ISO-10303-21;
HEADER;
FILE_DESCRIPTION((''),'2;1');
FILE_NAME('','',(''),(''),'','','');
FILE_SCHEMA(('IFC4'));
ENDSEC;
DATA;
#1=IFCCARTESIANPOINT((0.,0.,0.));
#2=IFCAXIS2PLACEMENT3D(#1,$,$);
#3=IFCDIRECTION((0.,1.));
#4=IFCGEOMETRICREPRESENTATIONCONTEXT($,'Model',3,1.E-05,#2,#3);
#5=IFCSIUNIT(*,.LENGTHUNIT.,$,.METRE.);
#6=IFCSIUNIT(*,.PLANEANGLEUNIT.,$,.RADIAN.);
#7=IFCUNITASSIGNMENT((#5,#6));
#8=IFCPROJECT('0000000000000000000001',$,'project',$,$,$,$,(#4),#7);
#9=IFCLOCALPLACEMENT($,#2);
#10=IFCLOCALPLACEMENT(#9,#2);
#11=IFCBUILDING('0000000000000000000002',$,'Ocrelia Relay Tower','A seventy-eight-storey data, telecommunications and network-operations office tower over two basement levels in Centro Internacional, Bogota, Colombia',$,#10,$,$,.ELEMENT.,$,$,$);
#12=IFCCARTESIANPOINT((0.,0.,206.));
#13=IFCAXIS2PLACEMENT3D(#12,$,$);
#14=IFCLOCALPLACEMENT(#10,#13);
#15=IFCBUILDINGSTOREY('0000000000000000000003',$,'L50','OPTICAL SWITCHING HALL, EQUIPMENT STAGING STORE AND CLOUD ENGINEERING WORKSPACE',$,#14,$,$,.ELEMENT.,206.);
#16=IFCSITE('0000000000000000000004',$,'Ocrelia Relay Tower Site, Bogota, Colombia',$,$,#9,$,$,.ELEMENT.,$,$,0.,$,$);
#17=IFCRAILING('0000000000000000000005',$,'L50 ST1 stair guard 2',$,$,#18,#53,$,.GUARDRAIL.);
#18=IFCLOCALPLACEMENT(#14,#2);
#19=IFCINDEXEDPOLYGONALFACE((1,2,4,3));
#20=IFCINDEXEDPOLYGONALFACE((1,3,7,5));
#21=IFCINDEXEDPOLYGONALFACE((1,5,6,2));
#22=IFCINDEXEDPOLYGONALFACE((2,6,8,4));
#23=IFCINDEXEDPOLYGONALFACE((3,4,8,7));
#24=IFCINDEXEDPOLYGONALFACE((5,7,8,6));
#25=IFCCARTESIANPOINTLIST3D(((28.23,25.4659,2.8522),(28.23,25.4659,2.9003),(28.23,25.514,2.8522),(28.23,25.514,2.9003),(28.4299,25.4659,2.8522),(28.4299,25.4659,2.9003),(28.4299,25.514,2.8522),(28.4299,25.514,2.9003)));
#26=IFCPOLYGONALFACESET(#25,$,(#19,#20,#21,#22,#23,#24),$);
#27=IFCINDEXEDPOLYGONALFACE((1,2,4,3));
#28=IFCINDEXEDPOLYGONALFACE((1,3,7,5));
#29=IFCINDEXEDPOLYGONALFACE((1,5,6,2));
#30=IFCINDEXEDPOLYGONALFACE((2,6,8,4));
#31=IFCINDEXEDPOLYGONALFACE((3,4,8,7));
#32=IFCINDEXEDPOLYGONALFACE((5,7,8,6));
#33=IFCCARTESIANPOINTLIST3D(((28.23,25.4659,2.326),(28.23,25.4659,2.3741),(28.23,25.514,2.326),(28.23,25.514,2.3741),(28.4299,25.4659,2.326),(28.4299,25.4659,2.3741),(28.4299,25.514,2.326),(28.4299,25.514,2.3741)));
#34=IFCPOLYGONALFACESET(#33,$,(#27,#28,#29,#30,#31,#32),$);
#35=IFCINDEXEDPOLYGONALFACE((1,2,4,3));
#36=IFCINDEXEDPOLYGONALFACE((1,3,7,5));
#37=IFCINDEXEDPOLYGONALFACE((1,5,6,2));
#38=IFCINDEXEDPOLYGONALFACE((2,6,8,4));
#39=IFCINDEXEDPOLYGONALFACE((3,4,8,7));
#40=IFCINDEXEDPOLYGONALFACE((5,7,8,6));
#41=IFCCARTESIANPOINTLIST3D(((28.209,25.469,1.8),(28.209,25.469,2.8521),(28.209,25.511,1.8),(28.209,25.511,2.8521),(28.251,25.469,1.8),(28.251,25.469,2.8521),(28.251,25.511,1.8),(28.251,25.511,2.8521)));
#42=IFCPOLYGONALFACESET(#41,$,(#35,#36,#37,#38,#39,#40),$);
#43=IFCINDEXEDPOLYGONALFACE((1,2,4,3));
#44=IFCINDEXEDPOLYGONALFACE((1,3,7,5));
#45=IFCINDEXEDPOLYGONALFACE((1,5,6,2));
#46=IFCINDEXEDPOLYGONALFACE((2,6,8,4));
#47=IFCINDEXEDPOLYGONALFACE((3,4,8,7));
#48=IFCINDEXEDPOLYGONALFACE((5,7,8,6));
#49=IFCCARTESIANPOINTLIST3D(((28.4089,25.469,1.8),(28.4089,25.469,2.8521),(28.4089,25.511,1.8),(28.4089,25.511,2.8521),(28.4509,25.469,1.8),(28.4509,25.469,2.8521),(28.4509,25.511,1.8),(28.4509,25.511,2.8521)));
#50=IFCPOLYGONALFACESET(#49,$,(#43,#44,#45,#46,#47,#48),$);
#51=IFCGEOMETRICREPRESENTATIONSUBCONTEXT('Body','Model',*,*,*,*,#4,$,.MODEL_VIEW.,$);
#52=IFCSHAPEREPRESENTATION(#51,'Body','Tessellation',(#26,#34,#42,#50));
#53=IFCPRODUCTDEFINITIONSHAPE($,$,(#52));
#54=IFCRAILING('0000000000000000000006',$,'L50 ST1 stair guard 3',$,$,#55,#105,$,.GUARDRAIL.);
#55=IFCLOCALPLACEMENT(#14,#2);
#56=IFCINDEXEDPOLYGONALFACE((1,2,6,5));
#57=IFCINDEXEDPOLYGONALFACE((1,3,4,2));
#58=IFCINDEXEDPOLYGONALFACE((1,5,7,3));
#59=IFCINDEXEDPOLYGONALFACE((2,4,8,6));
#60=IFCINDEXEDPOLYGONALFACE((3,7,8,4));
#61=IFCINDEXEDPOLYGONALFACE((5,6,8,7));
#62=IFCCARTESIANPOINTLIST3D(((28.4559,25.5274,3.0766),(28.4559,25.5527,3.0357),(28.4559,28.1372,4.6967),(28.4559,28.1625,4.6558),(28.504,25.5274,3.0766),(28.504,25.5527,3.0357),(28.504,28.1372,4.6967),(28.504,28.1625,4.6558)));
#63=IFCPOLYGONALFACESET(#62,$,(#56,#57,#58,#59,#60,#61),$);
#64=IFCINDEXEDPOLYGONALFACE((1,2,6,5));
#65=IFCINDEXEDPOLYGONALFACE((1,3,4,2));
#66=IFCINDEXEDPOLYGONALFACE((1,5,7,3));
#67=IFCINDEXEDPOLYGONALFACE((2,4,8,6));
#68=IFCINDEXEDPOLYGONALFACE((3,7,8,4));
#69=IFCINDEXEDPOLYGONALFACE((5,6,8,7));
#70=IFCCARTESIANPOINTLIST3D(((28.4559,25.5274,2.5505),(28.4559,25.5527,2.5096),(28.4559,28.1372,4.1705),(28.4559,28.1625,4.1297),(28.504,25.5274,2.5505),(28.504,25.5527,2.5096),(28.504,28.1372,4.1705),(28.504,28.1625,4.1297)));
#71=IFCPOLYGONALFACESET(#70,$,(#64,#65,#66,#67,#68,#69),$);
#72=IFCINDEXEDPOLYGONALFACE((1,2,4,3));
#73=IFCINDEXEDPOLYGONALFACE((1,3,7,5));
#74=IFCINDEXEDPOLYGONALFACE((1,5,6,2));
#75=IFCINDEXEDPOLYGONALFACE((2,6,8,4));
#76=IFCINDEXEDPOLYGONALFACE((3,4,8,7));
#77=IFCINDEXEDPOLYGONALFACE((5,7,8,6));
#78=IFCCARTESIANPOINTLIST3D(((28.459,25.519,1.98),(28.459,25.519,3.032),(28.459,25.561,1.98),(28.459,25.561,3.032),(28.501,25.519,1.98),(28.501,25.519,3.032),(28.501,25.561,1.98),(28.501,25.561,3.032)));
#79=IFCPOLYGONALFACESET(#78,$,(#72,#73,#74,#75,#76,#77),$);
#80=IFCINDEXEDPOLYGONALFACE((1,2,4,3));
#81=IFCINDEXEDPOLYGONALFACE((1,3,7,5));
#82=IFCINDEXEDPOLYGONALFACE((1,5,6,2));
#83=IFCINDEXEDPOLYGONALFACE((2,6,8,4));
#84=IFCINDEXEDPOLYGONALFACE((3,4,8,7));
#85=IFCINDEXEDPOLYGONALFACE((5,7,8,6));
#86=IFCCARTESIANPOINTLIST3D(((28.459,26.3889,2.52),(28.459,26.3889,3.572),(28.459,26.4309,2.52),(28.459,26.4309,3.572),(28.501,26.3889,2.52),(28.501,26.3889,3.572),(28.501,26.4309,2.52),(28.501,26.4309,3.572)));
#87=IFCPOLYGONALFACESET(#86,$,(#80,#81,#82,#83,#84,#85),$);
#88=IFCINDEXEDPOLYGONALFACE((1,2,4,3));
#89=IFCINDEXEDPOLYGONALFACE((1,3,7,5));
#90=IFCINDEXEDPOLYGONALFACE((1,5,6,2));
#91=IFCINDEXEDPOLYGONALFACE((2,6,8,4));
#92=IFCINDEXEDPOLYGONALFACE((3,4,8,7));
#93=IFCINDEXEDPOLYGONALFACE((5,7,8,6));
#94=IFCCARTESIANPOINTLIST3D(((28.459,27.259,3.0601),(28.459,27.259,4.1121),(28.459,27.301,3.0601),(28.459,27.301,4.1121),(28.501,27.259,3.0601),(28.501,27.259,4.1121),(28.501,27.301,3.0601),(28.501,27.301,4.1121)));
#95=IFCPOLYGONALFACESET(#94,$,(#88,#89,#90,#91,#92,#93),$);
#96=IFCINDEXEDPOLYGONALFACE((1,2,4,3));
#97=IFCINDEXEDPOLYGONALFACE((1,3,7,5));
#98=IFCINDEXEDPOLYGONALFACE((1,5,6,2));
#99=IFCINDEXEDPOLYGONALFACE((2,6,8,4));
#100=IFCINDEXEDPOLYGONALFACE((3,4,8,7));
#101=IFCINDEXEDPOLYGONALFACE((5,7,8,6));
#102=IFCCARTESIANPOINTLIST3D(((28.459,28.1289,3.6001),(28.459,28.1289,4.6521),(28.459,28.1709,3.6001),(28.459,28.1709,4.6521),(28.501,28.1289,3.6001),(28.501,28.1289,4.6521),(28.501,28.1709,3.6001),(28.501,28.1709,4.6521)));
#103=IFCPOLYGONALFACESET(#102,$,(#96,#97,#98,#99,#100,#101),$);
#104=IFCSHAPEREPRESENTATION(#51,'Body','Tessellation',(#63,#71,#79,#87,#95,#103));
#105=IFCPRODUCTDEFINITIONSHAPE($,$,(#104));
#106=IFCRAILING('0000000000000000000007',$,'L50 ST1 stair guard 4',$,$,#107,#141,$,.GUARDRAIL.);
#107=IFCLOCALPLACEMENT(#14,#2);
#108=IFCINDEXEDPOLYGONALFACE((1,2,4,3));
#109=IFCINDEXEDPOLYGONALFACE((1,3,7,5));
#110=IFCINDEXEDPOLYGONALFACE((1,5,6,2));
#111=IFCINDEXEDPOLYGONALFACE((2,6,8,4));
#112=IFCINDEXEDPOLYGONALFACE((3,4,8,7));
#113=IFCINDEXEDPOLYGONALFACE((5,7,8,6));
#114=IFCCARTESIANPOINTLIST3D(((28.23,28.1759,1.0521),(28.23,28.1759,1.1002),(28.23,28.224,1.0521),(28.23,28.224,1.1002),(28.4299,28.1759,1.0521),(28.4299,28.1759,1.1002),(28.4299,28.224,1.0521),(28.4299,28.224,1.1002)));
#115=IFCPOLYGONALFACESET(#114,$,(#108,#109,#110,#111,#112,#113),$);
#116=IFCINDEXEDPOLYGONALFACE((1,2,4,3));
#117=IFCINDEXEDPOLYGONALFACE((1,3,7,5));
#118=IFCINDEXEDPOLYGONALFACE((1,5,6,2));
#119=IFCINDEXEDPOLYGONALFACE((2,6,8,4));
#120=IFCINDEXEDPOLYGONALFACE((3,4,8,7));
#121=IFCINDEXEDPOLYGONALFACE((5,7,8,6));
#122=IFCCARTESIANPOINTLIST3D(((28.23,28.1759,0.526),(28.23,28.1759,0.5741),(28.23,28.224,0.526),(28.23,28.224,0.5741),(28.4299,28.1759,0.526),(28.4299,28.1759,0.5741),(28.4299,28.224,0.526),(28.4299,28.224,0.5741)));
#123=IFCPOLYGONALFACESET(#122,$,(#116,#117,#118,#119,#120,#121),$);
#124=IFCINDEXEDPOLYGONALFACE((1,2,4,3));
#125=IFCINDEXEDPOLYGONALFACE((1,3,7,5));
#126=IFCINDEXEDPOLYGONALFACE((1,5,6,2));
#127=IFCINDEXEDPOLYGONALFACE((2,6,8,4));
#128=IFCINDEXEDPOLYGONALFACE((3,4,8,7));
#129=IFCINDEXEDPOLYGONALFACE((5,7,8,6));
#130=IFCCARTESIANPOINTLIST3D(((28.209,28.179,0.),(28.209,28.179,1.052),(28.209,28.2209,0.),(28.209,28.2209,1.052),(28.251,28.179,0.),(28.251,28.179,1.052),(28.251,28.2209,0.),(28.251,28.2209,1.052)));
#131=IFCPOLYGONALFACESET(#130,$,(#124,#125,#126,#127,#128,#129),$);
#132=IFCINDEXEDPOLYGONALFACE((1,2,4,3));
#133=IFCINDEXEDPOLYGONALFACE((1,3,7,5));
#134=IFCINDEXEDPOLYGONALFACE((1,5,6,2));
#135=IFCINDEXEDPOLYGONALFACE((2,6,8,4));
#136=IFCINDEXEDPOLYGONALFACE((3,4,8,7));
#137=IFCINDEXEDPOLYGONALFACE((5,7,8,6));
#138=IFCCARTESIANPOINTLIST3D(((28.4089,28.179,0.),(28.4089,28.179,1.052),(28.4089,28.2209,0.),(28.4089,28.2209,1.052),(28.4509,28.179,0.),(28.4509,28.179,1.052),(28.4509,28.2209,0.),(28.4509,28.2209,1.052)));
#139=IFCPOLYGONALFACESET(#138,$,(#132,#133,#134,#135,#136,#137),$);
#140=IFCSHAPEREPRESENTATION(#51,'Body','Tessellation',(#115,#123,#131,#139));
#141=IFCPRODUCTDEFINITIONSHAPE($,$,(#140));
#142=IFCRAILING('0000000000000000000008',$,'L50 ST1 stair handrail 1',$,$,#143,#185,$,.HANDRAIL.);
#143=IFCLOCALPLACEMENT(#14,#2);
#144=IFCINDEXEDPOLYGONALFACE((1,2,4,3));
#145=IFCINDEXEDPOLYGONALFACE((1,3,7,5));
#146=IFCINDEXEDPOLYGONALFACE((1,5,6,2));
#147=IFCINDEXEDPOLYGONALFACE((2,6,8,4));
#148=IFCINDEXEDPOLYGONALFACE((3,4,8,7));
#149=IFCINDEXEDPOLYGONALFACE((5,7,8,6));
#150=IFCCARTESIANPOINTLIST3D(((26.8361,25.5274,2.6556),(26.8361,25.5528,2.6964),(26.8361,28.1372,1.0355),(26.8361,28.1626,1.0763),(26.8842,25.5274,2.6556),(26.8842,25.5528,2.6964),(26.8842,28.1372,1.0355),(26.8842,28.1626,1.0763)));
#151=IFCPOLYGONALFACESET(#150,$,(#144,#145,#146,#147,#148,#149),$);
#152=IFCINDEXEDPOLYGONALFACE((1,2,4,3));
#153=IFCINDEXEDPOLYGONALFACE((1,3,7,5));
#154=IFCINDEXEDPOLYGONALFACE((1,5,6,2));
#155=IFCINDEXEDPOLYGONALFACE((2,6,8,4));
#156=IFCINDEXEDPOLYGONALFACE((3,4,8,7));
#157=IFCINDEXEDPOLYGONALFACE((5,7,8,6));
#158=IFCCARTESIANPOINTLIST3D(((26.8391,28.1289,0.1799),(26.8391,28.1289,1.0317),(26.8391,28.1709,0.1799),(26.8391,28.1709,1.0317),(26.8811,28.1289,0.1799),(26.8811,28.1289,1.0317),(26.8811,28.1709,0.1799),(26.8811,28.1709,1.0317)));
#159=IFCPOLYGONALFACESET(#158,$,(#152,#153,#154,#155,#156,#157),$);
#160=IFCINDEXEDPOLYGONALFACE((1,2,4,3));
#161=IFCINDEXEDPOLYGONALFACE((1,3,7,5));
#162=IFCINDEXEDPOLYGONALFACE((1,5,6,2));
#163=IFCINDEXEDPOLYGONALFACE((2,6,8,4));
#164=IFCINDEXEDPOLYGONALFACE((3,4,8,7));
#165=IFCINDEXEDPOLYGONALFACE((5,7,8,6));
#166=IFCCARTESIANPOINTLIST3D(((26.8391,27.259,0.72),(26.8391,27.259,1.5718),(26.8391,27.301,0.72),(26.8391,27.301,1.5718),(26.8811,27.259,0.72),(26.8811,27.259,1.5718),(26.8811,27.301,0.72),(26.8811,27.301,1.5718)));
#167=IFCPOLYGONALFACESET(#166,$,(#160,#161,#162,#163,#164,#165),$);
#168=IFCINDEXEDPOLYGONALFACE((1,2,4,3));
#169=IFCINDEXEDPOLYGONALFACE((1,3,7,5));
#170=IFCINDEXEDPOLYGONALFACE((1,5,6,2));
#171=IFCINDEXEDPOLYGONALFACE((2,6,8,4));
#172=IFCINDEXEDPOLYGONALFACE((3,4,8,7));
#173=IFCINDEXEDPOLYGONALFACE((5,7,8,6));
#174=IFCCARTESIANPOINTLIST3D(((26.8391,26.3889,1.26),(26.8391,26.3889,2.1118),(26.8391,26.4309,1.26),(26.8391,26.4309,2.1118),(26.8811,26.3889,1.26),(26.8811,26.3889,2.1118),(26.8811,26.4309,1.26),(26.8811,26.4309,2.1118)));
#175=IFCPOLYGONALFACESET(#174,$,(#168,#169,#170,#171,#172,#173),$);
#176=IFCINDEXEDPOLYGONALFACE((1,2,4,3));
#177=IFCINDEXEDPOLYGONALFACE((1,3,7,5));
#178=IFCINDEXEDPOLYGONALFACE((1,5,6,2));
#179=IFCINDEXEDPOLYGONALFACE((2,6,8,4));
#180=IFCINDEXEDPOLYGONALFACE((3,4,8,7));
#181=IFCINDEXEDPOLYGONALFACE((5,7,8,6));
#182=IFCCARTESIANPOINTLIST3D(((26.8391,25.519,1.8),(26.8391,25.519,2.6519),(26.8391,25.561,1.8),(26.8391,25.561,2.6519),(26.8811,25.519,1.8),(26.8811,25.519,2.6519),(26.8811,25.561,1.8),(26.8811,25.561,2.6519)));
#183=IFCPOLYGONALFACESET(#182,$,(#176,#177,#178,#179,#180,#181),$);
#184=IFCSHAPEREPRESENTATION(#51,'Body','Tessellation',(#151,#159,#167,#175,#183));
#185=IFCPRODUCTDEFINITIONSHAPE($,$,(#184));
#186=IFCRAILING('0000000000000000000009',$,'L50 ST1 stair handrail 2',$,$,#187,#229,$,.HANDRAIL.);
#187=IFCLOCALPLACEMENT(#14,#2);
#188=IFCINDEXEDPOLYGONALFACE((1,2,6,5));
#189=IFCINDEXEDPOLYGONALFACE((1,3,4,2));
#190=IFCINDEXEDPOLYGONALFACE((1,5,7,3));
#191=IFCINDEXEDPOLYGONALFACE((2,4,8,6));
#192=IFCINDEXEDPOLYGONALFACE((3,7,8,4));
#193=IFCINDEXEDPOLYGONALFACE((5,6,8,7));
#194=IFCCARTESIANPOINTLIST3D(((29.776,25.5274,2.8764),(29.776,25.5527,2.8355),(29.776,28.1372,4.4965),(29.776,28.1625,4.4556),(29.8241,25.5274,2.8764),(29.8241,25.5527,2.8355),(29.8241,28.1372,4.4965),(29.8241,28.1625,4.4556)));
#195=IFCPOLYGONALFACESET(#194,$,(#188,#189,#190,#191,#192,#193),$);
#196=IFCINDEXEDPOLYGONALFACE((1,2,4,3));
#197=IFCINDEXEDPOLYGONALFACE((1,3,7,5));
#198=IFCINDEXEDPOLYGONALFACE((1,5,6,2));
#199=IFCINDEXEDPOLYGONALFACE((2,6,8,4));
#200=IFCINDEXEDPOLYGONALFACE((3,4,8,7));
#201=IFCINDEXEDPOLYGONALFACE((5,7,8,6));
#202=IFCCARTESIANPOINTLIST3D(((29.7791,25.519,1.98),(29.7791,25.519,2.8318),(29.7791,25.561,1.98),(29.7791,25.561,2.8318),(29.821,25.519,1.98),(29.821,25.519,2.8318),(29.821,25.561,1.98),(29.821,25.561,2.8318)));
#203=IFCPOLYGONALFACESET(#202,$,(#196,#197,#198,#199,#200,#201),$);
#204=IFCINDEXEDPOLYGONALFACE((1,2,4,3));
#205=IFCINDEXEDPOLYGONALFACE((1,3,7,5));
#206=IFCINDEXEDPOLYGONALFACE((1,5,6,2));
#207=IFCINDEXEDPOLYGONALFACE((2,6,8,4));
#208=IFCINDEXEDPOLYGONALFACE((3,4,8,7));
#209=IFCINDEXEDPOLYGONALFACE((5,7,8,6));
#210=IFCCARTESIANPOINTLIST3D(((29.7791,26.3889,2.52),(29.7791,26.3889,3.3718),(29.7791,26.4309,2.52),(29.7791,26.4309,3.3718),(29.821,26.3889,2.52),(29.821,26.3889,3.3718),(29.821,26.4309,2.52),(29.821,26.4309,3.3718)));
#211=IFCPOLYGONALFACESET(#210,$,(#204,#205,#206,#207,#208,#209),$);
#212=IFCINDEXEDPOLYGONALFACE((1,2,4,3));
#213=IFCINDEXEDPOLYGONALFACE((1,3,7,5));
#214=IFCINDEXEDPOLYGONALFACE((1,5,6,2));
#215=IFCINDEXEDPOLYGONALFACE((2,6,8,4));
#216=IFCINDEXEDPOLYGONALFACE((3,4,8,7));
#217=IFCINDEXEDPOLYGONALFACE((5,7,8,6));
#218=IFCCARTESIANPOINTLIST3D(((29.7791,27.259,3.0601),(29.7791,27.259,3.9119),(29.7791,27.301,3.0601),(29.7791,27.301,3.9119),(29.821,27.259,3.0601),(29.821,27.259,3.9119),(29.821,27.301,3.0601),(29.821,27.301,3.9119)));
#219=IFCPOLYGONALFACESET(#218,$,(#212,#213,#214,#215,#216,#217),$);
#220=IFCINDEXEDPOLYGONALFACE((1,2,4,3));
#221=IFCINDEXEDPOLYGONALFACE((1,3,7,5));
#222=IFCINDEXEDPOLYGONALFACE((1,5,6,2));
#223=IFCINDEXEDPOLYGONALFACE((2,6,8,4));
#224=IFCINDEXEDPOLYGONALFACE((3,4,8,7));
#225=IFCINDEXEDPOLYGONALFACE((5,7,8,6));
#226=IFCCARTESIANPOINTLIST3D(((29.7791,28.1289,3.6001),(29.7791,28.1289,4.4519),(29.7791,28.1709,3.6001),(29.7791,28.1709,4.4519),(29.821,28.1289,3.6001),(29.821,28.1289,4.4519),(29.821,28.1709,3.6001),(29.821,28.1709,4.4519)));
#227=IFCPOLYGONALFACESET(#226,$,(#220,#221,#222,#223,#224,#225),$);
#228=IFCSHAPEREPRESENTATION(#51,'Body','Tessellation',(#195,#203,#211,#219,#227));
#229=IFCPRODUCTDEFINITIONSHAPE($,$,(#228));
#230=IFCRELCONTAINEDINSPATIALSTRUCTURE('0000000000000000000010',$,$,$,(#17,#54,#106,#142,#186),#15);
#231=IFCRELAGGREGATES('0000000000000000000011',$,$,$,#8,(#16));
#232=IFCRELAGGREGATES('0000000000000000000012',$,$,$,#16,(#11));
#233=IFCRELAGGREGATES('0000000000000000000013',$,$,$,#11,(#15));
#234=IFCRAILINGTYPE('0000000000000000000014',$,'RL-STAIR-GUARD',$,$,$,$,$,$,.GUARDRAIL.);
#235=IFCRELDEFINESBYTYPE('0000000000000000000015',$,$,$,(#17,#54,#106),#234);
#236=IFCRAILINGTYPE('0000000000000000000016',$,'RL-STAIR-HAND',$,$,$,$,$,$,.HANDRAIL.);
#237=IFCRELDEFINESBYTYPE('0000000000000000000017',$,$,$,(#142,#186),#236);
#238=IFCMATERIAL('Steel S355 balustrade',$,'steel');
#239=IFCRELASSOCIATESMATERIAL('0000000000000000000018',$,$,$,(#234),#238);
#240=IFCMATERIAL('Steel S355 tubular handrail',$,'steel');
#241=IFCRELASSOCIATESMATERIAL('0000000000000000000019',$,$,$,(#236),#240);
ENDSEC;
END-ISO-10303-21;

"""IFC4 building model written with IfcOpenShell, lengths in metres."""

from ifc_helpers import new_model, si_unit, direction, frame, origin, origin_2d, place, context, subcontext, project, spatial, rectangle, extrude, material, type_object, element, save


model = new_model("IFC4")

# Units and contexts
model_context = context("Model", 3, precision=1e-05, world=origin(), true_north=direction((0.0, 1.0)))
body_context = subcontext(model_context, "Body", "Model", "MODEL_VIEW")
ifc_project = project(units=[si_unit("LENGTHUNIT", "METRE"), si_unit("PLANEANGLEUNIT", "RADIAN")], contexts=[model_context])

# Site, building, storey
site_placement = place(None, origin())
site = spatial("IfcSite", under=ifc_project, at=site_placement, Name="Ocrelia Relay Tower Site, Bogota, Colombia", CompositionType="ELEMENT", RefElevation=0.0)
building_placement = place(site_placement, origin())
building = spatial("IfcBuilding", under=site, at=building_placement, Name="Ocrelia Relay Tower", Description="A seventy-eight-storey data, telecommunications and network-operations office tower over two basement levels in Centro Internacional, Bogota, Colombia", CompositionType="ELEMENT")
storey_placement = place(building_placement, frame((0.0, 0.0, 206.0)))
storey = spatial("IfcBuildingStorey", under=building, at=storey_placement, Name="L50", Description="OPTICAL SWITCHING HALL, EQUIPMENT STAGING STORE AND CLOUD ENGINEERING WORKSPACE", CompositionType="ELEMENT", Elevation=206.0)

# Railings
ifc_material_1 = material(Name="Steel S355 balustrade", Category="steel")
railing_type_1 = type_object("IfcRailingType", Name="RL-STAIR-GUARD", PredefinedType="GUARDRAIL", material=ifc_material_1)
railing_1_placement = place(storey_placement, frame((28.23, 25.49, 1.8)))
element("IfcRailing", 1, at=railing_1_placement, inside=storey, type_object=railing_type_1, Name="L50 ST1 stair guard 2", PredefinedType="GUARDRAIL", context=body_context, shape_type="SweptSolid", body=[
    extrude(rectangle(XDim=0.0481, YDim=0.0481, at=origin_2d()), frame((0.0, 0.0, 1.0762), z_axis=(1.0, 0.0, 0.0), x_axis=(0.0, 1.0, 0.0)), (0.0, 0.0, 1.0), 0.2),
    extrude(rectangle(XDim=0.0481, YDim=0.0481, at=origin_2d()), frame((0.0, 0.0, 0.55), z_axis=(1.0, 0.0, 0.0), x_axis=(0.0, 1.0, 0.0)), (0.0, 0.0, 1.0), 0.2),
    extrude(rectangle(XDim=0.042, YDim=0.042, at=origin_2d()), origin(), (0.0, 0.0, 1.0), 1.052),
    extrude(rectangle(XDim=0.042, YDim=0.042, at=origin_2d()), frame((0.2, 0.0, 0.0)), (0.0, 0.0, 1.0), 1.052),
])
railing_2_placement = place(storey_placement, frame((28.48, 25.54, 1.98)))
element("IfcRailing", 2, at=railing_2_placement, inside=storey, type_object=railing_type_1, Name="L50 ST1 stair guard 3", PredefinedType="GUARDRAIL", context=body_context, shape_type="SweptSolid", body=[
    extrude(rectangle(XDim=0.0481, YDim=0.0481, at=origin_2d()), frame((0.0, 0.0, 1.0762), z_axis=(0.0, 0.849611, 0.52741), x_axis=(-1.0, 0.0, 0.0)), (0.0, 0.0, 1.0), 3.0718),
    extrude(rectangle(XDim=0.0481, YDim=0.0481, at=origin_2d()), frame((0.0, 0.0, 0.55), z_axis=(0.0, 0.849611, 0.52741), x_axis=(-1.0, 0.0, 0.0)), (0.0, 0.0, 1.0), 3.0718),
    extrude(rectangle(XDim=0.042, YDim=0.042, at=origin_2d()), origin(), (0.0, 0.0, 1.0), 1.052),
    extrude(rectangle(XDim=0.042, YDim=0.042, at=origin_2d()), frame((0.0, 0.8699, 0.54)), (0.0, 0.0, 1.0), 1.052),
    extrude(rectangle(XDim=0.042, YDim=0.042, at=origin_2d()), frame((0.0, 1.74, 1.0801)), (0.0, 0.0, 1.0), 1.052),
    extrude(rectangle(XDim=0.042, YDim=0.042, at=origin_2d()), frame((0.0, 2.6099, 1.6201)), (0.0, 0.0, 1.0), 1.052),
])
railing_3_placement = place(storey_placement, frame((28.23, 28.2, 0.0)))
element("IfcRailing", 3, at=railing_3_placement, inside=storey, type_object=railing_type_1, Name="L50 ST1 stair guard 4", PredefinedType="GUARDRAIL", context=body_context, shape_type="SweptSolid", body=[
    extrude(rectangle(XDim=0.0481, YDim=0.0481, at=origin_2d()), frame((0.0, 0.0, 1.0762), z_axis=(1.0, 0.0, 0.0), x_axis=(0.0, 1.0, 0.0)), (0.0, 0.0, 1.0), 0.2),
    extrude(rectangle(XDim=0.0481, YDim=0.0481, at=origin_2d()), frame((0.0, 0.0, 0.55), z_axis=(1.0, 0.0, 0.0), x_axis=(0.0, 1.0, 0.0)), (0.0, 0.0, 1.0), 0.2),
    extrude(rectangle(XDim=0.042, YDim=0.042, at=origin_2d()), origin(), (0.0, 0.0, 1.0), 1.052),
    extrude(rectangle(XDim=0.042, YDim=0.042, at=origin_2d()), frame((0.2, 0.0, 0.0)), (0.0, 0.0, 1.0), 1.052),
])
ifc_material_2 = material(Name="Steel S355 tubular handrail", Category="steel")
railing_type_2 = type_object("IfcRailingType", Name="RL-STAIR-HAND", PredefinedType="HANDRAIL", material=ifc_material_2)
railing_4_placement = place(storey_placement, frame((26.8601, 28.1499, 0.1799)))
element("IfcRailing", 4, at=railing_4_placement, inside=storey, type_object=railing_type_2, Name="L50 ST1 stair handrail 1", PredefinedType="HANDRAIL", context=body_context, shape_type="SweptSolid", body=[
    extrude(rectangle(XDim=0.0481, YDim=0.0481, at=origin_2d()), frame((0.0, 0.0, 0.876), z_axis=(0.0, -0.849611, 0.52741), x_axis=(1.0, 0.0, 0.0)), (0.0, 0.0, 1.0), 3.0718),
    extrude(rectangle(XDim=0.042, YDim=0.042, at=origin_2d()), origin(), (0.0, 0.0, 1.0), 0.8518),
    extrude(rectangle(XDim=0.042, YDim=0.042, at=origin_2d()), frame((0.0, -0.8699, 0.54)), (0.0, 0.0, 1.0), 0.8518),
    extrude(rectangle(XDim=0.042, YDim=0.042, at=origin_2d()), frame((0.0, -1.74, 1.0801)), (0.0, 0.0, 1.0), 0.8518),
    extrude(rectangle(XDim=0.042, YDim=0.042, at=origin_2d()), frame((0.0, -2.6099, 1.6201)), (0.0, 0.0, 1.0), 0.8518),
])
railing_5_placement = place(storey_placement, frame((29.8, 25.54, 1.98)))
element("IfcRailing", 5, at=railing_5_placement, inside=storey, type_object=railing_type_2, Name="L50 ST1 stair handrail 2", PredefinedType="HANDRAIL", context=body_context, shape_type="SweptSolid", body=[
    extrude(rectangle(XDim=0.0481, YDim=0.0481, at=origin_2d()), frame((0.0, 0.0, 0.876), z_axis=(0.0, 0.849611, 0.52741), x_axis=(-1.0, 0.0, 0.0)), (0.0, 0.0, 1.0), 3.0718),
    extrude(rectangle(XDim=0.042, YDim=0.042, at=origin_2d()), origin(), (0.0, 0.0, 1.0), 0.8518),
    extrude(rectangle(XDim=0.042, YDim=0.042, at=origin_2d()), frame((0.0, 0.8699, 0.54)), (0.0, 0.0, 1.0), 0.8518),
    extrude(rectangle(XDim=0.042, YDim=0.042, at=origin_2d()), frame((0.0, 1.74, 1.0801)), (0.0, 0.0, 1.0), 0.8518),
    extrude(rectangle(XDim=0.042, YDim=0.042, at=origin_2d()), frame((0.0, 2.6099, 1.6201)), (0.0, 0.0, 1.0), 0.8518),
])

save(model, "model.ifc")
